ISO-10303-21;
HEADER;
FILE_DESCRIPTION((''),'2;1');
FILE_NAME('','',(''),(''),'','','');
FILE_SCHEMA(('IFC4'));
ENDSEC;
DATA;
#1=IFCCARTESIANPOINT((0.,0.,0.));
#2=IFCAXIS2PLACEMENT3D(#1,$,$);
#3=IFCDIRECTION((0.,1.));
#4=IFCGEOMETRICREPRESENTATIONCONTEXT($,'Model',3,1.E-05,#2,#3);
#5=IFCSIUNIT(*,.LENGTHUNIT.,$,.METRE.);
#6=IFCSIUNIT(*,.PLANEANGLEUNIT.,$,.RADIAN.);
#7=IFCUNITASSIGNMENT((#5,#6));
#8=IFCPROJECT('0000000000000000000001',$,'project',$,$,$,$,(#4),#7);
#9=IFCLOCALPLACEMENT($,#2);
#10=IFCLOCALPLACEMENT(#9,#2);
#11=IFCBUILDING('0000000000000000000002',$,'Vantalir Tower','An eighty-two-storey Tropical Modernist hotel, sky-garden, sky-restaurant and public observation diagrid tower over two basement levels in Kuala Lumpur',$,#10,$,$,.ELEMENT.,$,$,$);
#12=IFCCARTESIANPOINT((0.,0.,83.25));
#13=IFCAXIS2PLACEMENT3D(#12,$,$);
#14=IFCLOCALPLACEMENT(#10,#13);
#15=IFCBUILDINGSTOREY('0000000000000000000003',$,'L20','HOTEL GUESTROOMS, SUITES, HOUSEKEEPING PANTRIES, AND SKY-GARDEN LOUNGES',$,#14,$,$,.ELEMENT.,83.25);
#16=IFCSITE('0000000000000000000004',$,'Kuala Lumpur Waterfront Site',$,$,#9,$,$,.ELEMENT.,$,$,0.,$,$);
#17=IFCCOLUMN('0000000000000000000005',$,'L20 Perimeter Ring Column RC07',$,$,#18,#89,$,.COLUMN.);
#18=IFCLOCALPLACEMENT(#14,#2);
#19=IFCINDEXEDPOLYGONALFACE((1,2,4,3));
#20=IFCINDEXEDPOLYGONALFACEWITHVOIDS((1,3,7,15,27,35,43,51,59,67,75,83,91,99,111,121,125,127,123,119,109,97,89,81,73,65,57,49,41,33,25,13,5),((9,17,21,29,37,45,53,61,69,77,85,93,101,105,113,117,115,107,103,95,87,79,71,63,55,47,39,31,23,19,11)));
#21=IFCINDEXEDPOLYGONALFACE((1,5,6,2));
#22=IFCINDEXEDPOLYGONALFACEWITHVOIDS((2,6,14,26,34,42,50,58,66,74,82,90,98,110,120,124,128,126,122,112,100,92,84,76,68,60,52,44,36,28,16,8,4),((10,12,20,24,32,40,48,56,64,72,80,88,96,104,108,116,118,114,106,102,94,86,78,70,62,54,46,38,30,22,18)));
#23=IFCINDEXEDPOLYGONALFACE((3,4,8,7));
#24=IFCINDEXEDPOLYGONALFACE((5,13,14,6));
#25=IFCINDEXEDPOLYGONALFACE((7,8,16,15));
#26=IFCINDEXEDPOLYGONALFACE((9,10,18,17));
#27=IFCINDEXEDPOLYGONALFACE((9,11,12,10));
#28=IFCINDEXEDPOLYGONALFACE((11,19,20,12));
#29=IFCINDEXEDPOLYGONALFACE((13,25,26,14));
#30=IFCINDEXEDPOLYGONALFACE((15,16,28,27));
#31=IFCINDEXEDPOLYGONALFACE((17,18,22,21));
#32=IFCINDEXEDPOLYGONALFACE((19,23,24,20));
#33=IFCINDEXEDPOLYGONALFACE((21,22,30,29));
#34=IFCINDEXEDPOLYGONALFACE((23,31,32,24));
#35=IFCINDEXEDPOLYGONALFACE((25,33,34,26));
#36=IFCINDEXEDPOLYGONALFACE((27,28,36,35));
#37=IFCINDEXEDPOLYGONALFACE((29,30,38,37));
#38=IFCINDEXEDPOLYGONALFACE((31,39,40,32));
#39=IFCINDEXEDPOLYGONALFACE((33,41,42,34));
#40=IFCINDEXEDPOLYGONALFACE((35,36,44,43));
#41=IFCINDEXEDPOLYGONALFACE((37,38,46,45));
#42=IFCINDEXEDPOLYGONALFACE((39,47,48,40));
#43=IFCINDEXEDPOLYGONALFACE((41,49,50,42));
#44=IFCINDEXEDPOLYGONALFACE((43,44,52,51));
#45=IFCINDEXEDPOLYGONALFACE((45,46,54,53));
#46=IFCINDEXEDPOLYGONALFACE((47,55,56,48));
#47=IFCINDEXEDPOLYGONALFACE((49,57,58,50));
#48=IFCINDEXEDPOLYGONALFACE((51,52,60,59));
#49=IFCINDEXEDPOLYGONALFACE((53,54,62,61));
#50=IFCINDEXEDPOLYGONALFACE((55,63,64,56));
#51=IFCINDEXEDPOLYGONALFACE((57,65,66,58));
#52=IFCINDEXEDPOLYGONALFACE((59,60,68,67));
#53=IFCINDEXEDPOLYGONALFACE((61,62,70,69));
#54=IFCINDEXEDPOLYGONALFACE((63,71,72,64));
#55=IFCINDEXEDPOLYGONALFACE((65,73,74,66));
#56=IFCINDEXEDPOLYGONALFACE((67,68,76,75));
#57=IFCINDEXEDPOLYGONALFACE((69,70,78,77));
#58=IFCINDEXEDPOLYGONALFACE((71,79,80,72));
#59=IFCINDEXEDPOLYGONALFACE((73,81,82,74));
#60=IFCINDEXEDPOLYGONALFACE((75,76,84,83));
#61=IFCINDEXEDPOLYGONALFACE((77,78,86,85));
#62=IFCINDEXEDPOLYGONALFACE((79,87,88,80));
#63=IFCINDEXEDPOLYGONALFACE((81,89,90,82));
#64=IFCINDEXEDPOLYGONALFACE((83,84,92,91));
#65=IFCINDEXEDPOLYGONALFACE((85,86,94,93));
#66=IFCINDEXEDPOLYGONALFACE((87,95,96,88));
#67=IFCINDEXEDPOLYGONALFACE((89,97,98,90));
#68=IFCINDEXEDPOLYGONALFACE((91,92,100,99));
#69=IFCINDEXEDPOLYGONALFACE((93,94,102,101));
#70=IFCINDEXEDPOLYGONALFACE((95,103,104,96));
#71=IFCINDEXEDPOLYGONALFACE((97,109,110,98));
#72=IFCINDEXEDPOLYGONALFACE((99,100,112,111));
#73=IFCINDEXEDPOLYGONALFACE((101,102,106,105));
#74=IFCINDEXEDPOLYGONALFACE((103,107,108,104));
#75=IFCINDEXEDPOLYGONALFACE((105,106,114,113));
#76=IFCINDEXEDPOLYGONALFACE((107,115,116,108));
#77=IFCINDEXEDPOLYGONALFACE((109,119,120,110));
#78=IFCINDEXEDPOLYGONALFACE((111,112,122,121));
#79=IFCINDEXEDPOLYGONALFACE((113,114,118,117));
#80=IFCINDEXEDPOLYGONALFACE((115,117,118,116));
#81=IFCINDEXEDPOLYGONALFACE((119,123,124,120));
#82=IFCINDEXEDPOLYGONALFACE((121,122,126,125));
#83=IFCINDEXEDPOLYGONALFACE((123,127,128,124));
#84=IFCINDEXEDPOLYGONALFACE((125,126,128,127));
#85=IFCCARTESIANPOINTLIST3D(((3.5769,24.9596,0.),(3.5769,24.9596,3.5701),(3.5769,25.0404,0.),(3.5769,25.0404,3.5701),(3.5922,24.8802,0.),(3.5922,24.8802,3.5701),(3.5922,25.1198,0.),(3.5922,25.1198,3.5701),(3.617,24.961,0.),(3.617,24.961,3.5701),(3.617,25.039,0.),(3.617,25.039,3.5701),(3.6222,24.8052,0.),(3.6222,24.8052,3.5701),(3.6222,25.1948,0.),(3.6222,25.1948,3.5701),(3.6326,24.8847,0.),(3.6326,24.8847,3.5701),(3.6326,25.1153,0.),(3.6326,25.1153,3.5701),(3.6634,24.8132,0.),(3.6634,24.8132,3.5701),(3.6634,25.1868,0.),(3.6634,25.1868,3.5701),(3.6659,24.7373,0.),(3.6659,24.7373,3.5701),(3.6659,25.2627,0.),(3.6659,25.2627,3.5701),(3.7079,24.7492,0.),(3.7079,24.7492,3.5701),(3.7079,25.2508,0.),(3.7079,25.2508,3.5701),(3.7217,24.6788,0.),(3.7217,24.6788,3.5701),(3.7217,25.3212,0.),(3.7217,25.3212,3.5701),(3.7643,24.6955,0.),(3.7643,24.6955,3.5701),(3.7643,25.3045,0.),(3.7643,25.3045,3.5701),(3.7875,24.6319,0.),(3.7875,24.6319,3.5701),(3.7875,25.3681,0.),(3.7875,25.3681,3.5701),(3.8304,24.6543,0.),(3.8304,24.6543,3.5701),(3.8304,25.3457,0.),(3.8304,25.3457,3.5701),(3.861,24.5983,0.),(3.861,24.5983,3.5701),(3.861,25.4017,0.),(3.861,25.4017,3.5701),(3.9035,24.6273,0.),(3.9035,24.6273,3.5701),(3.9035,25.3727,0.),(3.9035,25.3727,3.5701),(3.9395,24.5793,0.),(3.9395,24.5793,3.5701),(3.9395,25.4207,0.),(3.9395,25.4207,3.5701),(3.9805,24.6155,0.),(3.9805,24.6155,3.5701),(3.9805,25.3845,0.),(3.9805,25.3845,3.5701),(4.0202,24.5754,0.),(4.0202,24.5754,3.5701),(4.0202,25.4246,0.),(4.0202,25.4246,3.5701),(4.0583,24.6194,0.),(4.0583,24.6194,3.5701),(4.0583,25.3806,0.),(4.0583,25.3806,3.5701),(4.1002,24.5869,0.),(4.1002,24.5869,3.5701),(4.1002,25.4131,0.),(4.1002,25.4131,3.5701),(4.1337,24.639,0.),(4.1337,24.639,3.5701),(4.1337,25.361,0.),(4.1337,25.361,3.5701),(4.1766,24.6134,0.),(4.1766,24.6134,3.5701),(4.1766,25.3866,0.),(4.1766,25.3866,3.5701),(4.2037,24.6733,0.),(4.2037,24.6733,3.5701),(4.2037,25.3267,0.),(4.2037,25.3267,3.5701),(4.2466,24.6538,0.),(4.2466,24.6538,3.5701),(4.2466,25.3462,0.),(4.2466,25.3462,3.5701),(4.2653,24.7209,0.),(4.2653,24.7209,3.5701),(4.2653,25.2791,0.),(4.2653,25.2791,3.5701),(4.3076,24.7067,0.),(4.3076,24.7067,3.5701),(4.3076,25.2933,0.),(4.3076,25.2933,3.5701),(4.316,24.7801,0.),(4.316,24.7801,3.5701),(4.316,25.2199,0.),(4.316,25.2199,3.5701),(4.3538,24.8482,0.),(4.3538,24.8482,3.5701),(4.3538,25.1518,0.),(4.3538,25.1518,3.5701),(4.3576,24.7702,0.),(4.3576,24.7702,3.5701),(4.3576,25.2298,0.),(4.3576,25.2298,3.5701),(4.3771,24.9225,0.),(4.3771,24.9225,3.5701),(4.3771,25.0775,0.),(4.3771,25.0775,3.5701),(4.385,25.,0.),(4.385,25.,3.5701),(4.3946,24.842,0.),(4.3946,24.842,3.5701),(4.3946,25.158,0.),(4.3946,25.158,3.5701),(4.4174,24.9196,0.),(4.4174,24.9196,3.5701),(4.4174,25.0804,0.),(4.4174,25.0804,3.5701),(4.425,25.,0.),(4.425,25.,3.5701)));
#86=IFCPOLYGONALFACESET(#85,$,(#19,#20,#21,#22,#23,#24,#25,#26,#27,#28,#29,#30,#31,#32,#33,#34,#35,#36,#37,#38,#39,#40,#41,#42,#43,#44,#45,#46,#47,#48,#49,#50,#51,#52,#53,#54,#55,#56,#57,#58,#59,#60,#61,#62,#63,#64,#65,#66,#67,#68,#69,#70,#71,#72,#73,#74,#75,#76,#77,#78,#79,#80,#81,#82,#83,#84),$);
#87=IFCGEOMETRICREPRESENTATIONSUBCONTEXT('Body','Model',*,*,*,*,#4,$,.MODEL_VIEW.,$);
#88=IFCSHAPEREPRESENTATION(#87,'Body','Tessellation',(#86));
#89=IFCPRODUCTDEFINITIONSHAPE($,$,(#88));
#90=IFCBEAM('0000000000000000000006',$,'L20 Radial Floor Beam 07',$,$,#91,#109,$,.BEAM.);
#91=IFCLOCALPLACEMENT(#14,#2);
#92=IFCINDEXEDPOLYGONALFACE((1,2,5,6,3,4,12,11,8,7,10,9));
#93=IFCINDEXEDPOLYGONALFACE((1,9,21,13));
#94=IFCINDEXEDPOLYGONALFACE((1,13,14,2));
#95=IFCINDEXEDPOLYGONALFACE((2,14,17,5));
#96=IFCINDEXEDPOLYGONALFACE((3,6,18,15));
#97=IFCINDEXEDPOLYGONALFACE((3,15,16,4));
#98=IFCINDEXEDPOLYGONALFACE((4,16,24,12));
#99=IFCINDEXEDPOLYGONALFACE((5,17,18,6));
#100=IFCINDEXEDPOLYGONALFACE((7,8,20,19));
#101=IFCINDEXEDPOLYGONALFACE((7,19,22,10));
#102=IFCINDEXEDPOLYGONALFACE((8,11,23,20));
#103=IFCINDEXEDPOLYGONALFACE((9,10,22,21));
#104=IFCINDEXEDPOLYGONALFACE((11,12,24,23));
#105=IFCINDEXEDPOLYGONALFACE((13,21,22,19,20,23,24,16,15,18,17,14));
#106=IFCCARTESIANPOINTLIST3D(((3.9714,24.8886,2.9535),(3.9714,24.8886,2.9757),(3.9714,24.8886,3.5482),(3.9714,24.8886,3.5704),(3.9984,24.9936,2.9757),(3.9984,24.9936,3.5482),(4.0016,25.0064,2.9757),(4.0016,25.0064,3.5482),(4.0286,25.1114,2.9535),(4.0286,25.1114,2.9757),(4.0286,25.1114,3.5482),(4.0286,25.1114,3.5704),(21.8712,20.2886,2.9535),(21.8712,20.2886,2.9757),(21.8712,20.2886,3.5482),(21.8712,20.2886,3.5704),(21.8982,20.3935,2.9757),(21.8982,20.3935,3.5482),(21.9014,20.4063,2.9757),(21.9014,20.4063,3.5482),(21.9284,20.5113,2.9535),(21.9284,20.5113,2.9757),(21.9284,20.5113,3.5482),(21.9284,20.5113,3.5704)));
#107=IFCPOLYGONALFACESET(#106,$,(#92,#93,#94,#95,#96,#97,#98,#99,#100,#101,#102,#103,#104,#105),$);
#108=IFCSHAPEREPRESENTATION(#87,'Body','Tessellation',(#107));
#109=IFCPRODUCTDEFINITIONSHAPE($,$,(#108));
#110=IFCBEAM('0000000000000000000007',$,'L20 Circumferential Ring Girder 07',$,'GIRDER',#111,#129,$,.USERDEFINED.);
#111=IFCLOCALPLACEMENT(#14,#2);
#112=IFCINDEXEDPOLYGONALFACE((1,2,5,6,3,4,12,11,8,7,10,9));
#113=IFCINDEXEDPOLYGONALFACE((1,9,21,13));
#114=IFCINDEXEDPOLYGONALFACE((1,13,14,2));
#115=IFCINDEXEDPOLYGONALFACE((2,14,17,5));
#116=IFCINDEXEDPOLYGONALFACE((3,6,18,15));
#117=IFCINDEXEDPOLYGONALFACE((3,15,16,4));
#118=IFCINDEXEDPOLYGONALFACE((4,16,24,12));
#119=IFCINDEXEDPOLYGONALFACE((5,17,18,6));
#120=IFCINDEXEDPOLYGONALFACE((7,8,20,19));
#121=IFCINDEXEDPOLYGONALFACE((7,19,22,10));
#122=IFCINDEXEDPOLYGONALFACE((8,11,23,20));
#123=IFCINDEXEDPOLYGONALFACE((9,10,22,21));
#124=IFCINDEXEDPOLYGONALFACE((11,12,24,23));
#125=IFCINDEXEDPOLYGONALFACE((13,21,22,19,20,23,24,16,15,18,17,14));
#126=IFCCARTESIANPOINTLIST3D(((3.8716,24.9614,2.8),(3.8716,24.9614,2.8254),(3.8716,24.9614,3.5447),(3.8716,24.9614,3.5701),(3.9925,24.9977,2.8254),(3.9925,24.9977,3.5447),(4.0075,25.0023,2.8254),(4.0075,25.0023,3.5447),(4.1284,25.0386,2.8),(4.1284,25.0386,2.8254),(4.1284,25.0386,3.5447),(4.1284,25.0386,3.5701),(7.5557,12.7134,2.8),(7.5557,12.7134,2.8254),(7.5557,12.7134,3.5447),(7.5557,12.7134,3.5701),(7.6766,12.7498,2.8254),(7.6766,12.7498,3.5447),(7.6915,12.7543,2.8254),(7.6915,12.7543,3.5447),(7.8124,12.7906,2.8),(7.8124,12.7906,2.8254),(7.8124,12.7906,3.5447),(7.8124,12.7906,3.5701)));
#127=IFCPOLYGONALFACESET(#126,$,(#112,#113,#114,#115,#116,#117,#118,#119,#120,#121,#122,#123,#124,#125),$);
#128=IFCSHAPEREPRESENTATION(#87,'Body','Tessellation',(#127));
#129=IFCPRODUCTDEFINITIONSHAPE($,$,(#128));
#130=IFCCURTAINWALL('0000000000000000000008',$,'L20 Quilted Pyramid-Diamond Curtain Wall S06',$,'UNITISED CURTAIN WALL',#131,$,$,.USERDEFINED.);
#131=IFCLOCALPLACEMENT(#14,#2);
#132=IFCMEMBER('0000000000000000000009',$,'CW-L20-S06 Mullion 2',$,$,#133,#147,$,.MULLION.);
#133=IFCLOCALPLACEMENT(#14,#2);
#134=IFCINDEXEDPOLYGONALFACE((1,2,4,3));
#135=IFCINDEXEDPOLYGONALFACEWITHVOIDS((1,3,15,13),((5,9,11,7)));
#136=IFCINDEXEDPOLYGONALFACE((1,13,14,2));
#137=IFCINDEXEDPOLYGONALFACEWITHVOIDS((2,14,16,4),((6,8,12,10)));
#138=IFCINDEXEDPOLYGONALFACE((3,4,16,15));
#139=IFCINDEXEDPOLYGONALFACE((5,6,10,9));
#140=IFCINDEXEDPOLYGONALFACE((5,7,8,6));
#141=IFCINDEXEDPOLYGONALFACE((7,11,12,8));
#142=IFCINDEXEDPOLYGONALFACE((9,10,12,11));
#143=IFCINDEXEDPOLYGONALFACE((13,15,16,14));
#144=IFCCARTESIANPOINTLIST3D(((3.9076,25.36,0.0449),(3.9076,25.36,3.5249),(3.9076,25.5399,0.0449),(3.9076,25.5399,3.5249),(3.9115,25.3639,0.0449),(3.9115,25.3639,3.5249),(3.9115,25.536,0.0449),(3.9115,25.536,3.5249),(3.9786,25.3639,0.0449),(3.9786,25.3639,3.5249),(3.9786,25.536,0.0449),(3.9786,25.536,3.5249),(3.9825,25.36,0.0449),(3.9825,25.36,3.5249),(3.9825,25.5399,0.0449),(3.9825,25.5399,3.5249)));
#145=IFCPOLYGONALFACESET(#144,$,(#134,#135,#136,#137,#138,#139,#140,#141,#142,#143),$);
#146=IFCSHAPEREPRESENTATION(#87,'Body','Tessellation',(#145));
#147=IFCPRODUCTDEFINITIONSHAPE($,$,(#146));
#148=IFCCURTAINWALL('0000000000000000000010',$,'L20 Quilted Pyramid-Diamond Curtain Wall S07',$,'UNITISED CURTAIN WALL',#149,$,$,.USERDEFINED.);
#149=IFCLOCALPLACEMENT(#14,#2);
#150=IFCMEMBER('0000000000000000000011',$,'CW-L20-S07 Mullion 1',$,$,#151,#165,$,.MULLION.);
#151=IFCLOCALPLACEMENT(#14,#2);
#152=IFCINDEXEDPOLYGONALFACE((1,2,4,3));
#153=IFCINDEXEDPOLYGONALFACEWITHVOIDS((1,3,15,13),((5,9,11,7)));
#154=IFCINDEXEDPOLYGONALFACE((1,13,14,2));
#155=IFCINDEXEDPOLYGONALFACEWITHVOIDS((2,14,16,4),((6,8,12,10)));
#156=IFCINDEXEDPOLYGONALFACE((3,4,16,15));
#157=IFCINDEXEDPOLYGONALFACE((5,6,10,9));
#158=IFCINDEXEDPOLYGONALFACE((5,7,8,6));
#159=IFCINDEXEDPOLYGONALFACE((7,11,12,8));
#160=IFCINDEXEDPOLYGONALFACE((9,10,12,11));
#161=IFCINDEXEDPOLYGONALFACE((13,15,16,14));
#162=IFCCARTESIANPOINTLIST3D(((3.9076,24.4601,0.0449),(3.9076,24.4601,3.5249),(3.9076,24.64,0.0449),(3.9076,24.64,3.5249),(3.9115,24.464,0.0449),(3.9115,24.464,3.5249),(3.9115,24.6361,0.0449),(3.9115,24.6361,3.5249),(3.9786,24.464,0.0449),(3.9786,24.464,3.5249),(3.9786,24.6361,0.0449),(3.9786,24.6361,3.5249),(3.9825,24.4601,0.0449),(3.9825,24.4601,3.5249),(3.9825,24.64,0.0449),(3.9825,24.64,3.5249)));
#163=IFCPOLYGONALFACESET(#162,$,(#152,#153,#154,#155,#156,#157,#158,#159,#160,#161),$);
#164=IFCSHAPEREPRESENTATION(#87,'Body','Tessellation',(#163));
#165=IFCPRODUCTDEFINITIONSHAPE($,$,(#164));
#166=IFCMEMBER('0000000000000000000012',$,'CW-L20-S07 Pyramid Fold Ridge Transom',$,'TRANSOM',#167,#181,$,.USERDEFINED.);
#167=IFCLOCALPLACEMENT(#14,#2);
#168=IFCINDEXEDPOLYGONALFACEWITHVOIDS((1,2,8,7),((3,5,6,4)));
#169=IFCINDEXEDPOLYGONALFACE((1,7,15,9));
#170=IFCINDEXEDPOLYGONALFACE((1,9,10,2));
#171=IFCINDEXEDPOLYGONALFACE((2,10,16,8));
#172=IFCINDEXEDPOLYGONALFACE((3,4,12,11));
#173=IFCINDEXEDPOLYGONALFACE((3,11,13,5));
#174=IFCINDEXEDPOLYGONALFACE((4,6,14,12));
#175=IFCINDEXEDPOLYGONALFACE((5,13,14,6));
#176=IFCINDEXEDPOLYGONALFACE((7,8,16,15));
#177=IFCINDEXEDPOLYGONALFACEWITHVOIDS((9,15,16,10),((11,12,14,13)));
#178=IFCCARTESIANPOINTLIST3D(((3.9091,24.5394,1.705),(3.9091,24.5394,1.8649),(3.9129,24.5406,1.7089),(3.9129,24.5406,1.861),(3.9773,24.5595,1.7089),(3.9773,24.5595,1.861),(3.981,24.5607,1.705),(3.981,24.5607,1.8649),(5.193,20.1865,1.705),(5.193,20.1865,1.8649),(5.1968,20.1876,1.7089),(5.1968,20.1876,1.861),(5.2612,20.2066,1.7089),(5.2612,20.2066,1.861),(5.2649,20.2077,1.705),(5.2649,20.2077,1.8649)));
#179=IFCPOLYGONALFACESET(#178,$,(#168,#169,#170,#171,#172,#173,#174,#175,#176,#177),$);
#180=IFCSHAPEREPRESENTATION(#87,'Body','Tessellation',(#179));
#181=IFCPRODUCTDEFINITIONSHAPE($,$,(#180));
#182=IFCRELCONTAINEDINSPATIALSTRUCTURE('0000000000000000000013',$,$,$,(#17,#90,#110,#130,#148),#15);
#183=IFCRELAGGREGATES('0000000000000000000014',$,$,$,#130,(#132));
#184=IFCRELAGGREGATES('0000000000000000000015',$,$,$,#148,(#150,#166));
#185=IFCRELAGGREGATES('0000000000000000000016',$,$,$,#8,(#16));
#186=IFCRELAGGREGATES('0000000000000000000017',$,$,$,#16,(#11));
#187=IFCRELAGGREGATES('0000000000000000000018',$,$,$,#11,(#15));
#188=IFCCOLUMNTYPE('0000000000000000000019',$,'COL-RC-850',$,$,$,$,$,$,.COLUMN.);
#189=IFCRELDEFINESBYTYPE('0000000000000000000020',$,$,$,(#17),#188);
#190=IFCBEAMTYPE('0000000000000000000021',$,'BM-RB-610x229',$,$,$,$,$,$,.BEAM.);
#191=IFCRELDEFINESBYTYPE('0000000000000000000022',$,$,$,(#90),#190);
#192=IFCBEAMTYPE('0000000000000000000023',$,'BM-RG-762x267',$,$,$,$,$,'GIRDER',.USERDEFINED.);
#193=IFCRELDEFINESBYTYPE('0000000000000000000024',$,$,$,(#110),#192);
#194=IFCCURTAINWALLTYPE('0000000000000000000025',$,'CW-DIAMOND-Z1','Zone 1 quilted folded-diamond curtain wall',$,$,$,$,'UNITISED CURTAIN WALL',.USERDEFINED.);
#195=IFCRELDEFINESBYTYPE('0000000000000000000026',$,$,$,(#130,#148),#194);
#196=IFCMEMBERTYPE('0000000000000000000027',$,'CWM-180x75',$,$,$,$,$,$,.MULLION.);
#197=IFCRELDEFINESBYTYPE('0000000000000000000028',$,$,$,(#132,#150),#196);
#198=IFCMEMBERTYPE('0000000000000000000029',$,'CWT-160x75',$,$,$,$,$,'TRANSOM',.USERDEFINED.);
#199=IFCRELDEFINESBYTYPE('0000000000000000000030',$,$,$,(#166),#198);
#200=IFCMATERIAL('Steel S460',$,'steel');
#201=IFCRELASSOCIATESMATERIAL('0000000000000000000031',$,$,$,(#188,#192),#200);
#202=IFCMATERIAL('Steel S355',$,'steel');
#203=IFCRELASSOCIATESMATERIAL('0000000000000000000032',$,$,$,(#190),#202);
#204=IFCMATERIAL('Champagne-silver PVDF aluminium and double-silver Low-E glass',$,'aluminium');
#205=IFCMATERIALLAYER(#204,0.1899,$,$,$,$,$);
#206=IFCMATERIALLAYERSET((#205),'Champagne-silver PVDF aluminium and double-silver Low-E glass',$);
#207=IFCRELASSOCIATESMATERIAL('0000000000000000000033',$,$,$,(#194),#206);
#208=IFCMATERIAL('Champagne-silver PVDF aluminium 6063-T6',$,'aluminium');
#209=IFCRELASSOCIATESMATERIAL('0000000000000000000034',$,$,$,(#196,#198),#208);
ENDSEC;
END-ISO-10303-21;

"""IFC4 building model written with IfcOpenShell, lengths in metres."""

from ifc_helpers import new_model, si_unit, direction, frame, origin, origin_2d, place, context, subcontext, project, spatial, hollow_rectangle, hollow_circle, i_section, extrude, material, layer, layer_set, material_profile, profile_set, type_object, element, aggregate, save


model = new_model("IFC4")

# Units and contexts
model_context = context("Model", 3, precision=1e-05, world=origin(), true_north=direction((0.0, 1.0)))
body_context = subcontext(model_context, "Body", "Model", "MODEL_VIEW")
ifc_project = project(units=[si_unit("LENGTHUNIT", "METRE"), si_unit("PLANEANGLEUNIT", "RADIAN")], contexts=[model_context])

# Site, building, storey
site_placement = place(None, origin())
site = spatial("IfcSite", under=ifc_project, at=site_placement, Name="Kuala Lumpur Waterfront Site", CompositionType="ELEMENT", RefElevation=0.0)
building_placement = place(site_placement, origin())
building = spatial("IfcBuilding", under=site, at=building_placement, Name="Vantalir Tower", Description="An eighty-two-storey Tropical Modernist hotel, sky-garden, sky-restaurant and public observation diagrid tower over two basement levels in Kuala Lumpur", CompositionType="ELEMENT")
storey_placement = place(building_placement, frame((0.0, 0.0, 83.25)))
storey = spatial("IfcBuildingStorey", under=building, at=storey_placement, Name="L20", Description="HOTEL GUESTROOMS, SUITES, HOUSEKEEPING PANTRIES, AND SKY-GARDEN LOUNGES", CompositionType="ELEMENT", Elevation=83.25)

# Column
ifc_material_1 = material(Name="Steel S460", Category="steel")
ifc_material_profile_1 = material_profile(ifc_material_1, hollow_circle(Radius=0.425, WallThickness=0.04, at=origin_2d()), Name="Steel S460")
ifc_profile_set_1 = profile_set([ifc_material_profile_1], Name="Steel S460")
column_type = type_object("IfcColumnType", Name="COL-RC-850", PredefinedType="COLUMN", material=ifc_profile_set_1)
column_placement = place(storey_placement, frame((4.0, 25.0, 0.0), z_axis=(0.0, 0.0, 1.0), x_axis=(1.0, 0.0, 0.0)))
element("IfcColumn", 1, at=column_placement, inside=storey, type_object=column_type, Name="L20 Perimeter Ring Column RC07", PredefinedType="COLUMN", context=body_context, shape_type="SweptSolid", body=[
    extrude(hollow_circle(Radius=0.425, WallThickness=0.04, at=origin_2d()), origin(), (0.0, 0.0, 1.0), 3.5701),
])

# Beams
ifc_material_2 = material(Name="Steel S355", Category="steel")
ifc_material_profile_2 = material_profile(ifc_material_2, i_section(OverallWidth=0.23, OverallDepth=0.6169, WebThickness=0.0132, FlangeThickness=0.0222, at=origin_2d()), Name="Steel S355")
ifc_profile_set_2 = profile_set([ifc_material_profile_2], Name="Steel S355")
beam_type_1 = type_object("IfcBeamType", Name="BM-RB-610x229", PredefinedType="BEAM", material=ifc_profile_set_2)
beam_1_placement = place(storey_placement, frame((4.0, 25.0, 3.262), z_axis=(0.968529, -0.248902, 0.0), x_axis=(0.248902, 0.968529, 0.0)))
element("IfcBeam", 2, at=beam_1_placement, inside=storey, type_object=beam_type_1, Name="L20 Radial Floor Beam 07", PredefinedType="BEAM", context=body_context, shape_type="SweptSolid", body=[
    extrude(i_section(OverallWidth=0.23, OverallDepth=0.6169, WebThickness=0.0132, FlangeThickness=0.0222, at=origin_2d()), origin(), (0.0, 0.0, 1.0), 18.4814),
])
ifc_material_profile_3 = material_profile(ifc_material_1, i_section(OverallWidth=0.2681, OverallDepth=0.77, WebThickness=0.0156, FlangeThickness=0.0254, at=origin_2d()), Name="Steel S460")
ifc_profile_set_3 = profile_set([ifc_material_profile_3], Name="Steel S460")
beam_type_2 = type_object("IfcBeamType", Name="BM-RG-762x267", ElementType="GIRDER", PredefinedType="USERDEFINED", material=ifc_profile_set_3)
beam_2_placement = place(storey_placement, frame((4.0, 25.0, 3.1851), z_axis=(0.288041, -0.957618, 0.0), x_axis=(0.957618, 0.288041, 0.0)))
element("IfcBeam", 3, at=beam_2_placement, inside=storey, type_object=beam_type_2, Name="L20 Circumferential Ring Girder 07", ObjectType="GIRDER", PredefinedType="USERDEFINED", context=body_context, shape_type="SweptSolid", body=[
    extrude(i_section(OverallWidth=0.2681, OverallDepth=0.77, WebThickness=0.0156, FlangeThickness=0.0254, at=origin_2d()), origin(), (0.0, 0.0, 1.0), 12.79),
])

# Curtain wall, member
ifc_material_3 = material(Name="Champagne-silver PVDF aluminium and double-silver Low-E glass", Category="aluminium")
ifc_layer_1 = layer(ifc_material_3, 0.1899)
ifc_layer_set_1 = layer_set([ifc_layer_1], Name="Champagne-silver PVDF aluminium and double-silver Low-E glass")
curtain_wall_type = type_object("IfcCurtainWallType", Name="CW-DIAMOND-Z1", Description="Zone 1 quilted folded-diamond curtain wall", ElementType="UNITISED CURTAIN WALL", PredefinedType="USERDEFINED", material=ifc_layer_set_1)
curtain_wall_1_placement = place(storey_placement, origin())
curtain_wall_1 = element("IfcCurtainWall", 4, at=curtain_wall_1_placement, inside=storey, type_object=curtain_wall_type, Name="L20 Quilted Pyramid-Diamond Curtain Wall S06", ObjectType="UNITISED CURTAIN WALL", PredefinedType="USERDEFINED")
ifc_material_4 = material(Name="Champagne-silver PVDF aluminium 6063-T6", Category="aluminium")
ifc_material_profile_4 = material_profile(ifc_material_4, hollow_rectangle(XDim=0.075, YDim=0.1799, WallThickness=0.0039, at=origin_2d()), Name="Champagne-silver PVDF aluminium 6063-T6")
ifc_profile_set_4 = profile_set([ifc_material_profile_4], Name="Champagne-silver PVDF aluminium 6063-T6")
member_type_1 = type_object("IfcMemberType", Name="CWM-180x75", PredefinedType="MULLION", material=ifc_profile_set_4)
member_1_placement = place(storey_placement, frame((3.9451, 25.45, 0.0449), z_axis=(0.0, 0.0, 1.0), x_axis=(1.0, 0.0, 0.0)))
member_1 = element("IfcMember", 5, at=member_1_placement, type_object=member_type_1, Name="CW-L20-S06 Mullion 2", PredefinedType="MULLION", context=body_context, shape_type="SweptSolid", body=[
    extrude(hollow_rectangle(XDim=0.075, YDim=0.1799, WallThickness=0.0039, at=origin_2d()), origin(), (0.0, 0.0, 1.0), 3.48),
])

# Curtain wall, members
curtain_wall_2_placement = place(storey_placement, origin())
curtain_wall_2 = element("IfcCurtainWall", 6, at=curtain_wall_2_placement, inside=storey, type_object=curtain_wall_type, Name="L20 Quilted Pyramid-Diamond Curtain Wall S07", ObjectType="UNITISED CURTAIN WALL", PredefinedType="USERDEFINED")
member_2_placement = place(storey_placement, frame((3.9451, 24.55, 0.0449), z_axis=(0.0, 0.0, 1.0), x_axis=(1.0, 0.0, 0.0)))
member_2 = element("IfcMember", 7, at=member_2_placement, type_object=member_type_1, Name="CW-L20-S07 Mullion 1", PredefinedType="MULLION", context=body_context, shape_type="SweptSolid", body=[
    extrude(hollow_rectangle(XDim=0.075, YDim=0.1799, WallThickness=0.0039, at=origin_2d()), origin(), (0.0, 0.0, 1.0), 3.48),
])
ifc_material_profile_5 = material_profile(ifc_material_4, hollow_rectangle(XDim=0.075, YDim=0.1599, WallThickness=0.0039, at=origin_2d()), Name="Champagne-silver PVDF aluminium 6063-T6")
ifc_profile_set_5 = profile_set([ifc_material_profile_5], Name="Champagne-silver PVDF aluminium 6063-T6")
member_type_2 = type_object("IfcMemberType", Name="CWT-160x75", ElementType="TRANSOM", PredefinedType="USERDEFINED", material=ifc_profile_set_5)
member_3_placement = place(storey_placement, frame((3.9451, 24.55, 1.7849), z_axis=(0.282903, -0.959149, 0.0), x_axis=(0.959149, 0.282903, 0.0)))
member_3 = element("IfcMember", 8, at=member_3_placement, type_object=member_type_2, Name="CW-L20-S07 Pyramid Fold Ridge Transom", ObjectType="TRANSOM", PredefinedType="USERDEFINED", context=body_context, shape_type="SweptSolid", body=[
    extrude(hollow_rectangle(XDim=0.075, YDim=0.1599, WallThickness=0.0039, at=origin_2d()), origin(), (0.0, 0.0, 1.0), 4.5383),
])

aggregate(curtain_wall_1, [member_1])
aggregate(curtain_wall_2, [member_2, member_3])

save(model, "model.ifc")
